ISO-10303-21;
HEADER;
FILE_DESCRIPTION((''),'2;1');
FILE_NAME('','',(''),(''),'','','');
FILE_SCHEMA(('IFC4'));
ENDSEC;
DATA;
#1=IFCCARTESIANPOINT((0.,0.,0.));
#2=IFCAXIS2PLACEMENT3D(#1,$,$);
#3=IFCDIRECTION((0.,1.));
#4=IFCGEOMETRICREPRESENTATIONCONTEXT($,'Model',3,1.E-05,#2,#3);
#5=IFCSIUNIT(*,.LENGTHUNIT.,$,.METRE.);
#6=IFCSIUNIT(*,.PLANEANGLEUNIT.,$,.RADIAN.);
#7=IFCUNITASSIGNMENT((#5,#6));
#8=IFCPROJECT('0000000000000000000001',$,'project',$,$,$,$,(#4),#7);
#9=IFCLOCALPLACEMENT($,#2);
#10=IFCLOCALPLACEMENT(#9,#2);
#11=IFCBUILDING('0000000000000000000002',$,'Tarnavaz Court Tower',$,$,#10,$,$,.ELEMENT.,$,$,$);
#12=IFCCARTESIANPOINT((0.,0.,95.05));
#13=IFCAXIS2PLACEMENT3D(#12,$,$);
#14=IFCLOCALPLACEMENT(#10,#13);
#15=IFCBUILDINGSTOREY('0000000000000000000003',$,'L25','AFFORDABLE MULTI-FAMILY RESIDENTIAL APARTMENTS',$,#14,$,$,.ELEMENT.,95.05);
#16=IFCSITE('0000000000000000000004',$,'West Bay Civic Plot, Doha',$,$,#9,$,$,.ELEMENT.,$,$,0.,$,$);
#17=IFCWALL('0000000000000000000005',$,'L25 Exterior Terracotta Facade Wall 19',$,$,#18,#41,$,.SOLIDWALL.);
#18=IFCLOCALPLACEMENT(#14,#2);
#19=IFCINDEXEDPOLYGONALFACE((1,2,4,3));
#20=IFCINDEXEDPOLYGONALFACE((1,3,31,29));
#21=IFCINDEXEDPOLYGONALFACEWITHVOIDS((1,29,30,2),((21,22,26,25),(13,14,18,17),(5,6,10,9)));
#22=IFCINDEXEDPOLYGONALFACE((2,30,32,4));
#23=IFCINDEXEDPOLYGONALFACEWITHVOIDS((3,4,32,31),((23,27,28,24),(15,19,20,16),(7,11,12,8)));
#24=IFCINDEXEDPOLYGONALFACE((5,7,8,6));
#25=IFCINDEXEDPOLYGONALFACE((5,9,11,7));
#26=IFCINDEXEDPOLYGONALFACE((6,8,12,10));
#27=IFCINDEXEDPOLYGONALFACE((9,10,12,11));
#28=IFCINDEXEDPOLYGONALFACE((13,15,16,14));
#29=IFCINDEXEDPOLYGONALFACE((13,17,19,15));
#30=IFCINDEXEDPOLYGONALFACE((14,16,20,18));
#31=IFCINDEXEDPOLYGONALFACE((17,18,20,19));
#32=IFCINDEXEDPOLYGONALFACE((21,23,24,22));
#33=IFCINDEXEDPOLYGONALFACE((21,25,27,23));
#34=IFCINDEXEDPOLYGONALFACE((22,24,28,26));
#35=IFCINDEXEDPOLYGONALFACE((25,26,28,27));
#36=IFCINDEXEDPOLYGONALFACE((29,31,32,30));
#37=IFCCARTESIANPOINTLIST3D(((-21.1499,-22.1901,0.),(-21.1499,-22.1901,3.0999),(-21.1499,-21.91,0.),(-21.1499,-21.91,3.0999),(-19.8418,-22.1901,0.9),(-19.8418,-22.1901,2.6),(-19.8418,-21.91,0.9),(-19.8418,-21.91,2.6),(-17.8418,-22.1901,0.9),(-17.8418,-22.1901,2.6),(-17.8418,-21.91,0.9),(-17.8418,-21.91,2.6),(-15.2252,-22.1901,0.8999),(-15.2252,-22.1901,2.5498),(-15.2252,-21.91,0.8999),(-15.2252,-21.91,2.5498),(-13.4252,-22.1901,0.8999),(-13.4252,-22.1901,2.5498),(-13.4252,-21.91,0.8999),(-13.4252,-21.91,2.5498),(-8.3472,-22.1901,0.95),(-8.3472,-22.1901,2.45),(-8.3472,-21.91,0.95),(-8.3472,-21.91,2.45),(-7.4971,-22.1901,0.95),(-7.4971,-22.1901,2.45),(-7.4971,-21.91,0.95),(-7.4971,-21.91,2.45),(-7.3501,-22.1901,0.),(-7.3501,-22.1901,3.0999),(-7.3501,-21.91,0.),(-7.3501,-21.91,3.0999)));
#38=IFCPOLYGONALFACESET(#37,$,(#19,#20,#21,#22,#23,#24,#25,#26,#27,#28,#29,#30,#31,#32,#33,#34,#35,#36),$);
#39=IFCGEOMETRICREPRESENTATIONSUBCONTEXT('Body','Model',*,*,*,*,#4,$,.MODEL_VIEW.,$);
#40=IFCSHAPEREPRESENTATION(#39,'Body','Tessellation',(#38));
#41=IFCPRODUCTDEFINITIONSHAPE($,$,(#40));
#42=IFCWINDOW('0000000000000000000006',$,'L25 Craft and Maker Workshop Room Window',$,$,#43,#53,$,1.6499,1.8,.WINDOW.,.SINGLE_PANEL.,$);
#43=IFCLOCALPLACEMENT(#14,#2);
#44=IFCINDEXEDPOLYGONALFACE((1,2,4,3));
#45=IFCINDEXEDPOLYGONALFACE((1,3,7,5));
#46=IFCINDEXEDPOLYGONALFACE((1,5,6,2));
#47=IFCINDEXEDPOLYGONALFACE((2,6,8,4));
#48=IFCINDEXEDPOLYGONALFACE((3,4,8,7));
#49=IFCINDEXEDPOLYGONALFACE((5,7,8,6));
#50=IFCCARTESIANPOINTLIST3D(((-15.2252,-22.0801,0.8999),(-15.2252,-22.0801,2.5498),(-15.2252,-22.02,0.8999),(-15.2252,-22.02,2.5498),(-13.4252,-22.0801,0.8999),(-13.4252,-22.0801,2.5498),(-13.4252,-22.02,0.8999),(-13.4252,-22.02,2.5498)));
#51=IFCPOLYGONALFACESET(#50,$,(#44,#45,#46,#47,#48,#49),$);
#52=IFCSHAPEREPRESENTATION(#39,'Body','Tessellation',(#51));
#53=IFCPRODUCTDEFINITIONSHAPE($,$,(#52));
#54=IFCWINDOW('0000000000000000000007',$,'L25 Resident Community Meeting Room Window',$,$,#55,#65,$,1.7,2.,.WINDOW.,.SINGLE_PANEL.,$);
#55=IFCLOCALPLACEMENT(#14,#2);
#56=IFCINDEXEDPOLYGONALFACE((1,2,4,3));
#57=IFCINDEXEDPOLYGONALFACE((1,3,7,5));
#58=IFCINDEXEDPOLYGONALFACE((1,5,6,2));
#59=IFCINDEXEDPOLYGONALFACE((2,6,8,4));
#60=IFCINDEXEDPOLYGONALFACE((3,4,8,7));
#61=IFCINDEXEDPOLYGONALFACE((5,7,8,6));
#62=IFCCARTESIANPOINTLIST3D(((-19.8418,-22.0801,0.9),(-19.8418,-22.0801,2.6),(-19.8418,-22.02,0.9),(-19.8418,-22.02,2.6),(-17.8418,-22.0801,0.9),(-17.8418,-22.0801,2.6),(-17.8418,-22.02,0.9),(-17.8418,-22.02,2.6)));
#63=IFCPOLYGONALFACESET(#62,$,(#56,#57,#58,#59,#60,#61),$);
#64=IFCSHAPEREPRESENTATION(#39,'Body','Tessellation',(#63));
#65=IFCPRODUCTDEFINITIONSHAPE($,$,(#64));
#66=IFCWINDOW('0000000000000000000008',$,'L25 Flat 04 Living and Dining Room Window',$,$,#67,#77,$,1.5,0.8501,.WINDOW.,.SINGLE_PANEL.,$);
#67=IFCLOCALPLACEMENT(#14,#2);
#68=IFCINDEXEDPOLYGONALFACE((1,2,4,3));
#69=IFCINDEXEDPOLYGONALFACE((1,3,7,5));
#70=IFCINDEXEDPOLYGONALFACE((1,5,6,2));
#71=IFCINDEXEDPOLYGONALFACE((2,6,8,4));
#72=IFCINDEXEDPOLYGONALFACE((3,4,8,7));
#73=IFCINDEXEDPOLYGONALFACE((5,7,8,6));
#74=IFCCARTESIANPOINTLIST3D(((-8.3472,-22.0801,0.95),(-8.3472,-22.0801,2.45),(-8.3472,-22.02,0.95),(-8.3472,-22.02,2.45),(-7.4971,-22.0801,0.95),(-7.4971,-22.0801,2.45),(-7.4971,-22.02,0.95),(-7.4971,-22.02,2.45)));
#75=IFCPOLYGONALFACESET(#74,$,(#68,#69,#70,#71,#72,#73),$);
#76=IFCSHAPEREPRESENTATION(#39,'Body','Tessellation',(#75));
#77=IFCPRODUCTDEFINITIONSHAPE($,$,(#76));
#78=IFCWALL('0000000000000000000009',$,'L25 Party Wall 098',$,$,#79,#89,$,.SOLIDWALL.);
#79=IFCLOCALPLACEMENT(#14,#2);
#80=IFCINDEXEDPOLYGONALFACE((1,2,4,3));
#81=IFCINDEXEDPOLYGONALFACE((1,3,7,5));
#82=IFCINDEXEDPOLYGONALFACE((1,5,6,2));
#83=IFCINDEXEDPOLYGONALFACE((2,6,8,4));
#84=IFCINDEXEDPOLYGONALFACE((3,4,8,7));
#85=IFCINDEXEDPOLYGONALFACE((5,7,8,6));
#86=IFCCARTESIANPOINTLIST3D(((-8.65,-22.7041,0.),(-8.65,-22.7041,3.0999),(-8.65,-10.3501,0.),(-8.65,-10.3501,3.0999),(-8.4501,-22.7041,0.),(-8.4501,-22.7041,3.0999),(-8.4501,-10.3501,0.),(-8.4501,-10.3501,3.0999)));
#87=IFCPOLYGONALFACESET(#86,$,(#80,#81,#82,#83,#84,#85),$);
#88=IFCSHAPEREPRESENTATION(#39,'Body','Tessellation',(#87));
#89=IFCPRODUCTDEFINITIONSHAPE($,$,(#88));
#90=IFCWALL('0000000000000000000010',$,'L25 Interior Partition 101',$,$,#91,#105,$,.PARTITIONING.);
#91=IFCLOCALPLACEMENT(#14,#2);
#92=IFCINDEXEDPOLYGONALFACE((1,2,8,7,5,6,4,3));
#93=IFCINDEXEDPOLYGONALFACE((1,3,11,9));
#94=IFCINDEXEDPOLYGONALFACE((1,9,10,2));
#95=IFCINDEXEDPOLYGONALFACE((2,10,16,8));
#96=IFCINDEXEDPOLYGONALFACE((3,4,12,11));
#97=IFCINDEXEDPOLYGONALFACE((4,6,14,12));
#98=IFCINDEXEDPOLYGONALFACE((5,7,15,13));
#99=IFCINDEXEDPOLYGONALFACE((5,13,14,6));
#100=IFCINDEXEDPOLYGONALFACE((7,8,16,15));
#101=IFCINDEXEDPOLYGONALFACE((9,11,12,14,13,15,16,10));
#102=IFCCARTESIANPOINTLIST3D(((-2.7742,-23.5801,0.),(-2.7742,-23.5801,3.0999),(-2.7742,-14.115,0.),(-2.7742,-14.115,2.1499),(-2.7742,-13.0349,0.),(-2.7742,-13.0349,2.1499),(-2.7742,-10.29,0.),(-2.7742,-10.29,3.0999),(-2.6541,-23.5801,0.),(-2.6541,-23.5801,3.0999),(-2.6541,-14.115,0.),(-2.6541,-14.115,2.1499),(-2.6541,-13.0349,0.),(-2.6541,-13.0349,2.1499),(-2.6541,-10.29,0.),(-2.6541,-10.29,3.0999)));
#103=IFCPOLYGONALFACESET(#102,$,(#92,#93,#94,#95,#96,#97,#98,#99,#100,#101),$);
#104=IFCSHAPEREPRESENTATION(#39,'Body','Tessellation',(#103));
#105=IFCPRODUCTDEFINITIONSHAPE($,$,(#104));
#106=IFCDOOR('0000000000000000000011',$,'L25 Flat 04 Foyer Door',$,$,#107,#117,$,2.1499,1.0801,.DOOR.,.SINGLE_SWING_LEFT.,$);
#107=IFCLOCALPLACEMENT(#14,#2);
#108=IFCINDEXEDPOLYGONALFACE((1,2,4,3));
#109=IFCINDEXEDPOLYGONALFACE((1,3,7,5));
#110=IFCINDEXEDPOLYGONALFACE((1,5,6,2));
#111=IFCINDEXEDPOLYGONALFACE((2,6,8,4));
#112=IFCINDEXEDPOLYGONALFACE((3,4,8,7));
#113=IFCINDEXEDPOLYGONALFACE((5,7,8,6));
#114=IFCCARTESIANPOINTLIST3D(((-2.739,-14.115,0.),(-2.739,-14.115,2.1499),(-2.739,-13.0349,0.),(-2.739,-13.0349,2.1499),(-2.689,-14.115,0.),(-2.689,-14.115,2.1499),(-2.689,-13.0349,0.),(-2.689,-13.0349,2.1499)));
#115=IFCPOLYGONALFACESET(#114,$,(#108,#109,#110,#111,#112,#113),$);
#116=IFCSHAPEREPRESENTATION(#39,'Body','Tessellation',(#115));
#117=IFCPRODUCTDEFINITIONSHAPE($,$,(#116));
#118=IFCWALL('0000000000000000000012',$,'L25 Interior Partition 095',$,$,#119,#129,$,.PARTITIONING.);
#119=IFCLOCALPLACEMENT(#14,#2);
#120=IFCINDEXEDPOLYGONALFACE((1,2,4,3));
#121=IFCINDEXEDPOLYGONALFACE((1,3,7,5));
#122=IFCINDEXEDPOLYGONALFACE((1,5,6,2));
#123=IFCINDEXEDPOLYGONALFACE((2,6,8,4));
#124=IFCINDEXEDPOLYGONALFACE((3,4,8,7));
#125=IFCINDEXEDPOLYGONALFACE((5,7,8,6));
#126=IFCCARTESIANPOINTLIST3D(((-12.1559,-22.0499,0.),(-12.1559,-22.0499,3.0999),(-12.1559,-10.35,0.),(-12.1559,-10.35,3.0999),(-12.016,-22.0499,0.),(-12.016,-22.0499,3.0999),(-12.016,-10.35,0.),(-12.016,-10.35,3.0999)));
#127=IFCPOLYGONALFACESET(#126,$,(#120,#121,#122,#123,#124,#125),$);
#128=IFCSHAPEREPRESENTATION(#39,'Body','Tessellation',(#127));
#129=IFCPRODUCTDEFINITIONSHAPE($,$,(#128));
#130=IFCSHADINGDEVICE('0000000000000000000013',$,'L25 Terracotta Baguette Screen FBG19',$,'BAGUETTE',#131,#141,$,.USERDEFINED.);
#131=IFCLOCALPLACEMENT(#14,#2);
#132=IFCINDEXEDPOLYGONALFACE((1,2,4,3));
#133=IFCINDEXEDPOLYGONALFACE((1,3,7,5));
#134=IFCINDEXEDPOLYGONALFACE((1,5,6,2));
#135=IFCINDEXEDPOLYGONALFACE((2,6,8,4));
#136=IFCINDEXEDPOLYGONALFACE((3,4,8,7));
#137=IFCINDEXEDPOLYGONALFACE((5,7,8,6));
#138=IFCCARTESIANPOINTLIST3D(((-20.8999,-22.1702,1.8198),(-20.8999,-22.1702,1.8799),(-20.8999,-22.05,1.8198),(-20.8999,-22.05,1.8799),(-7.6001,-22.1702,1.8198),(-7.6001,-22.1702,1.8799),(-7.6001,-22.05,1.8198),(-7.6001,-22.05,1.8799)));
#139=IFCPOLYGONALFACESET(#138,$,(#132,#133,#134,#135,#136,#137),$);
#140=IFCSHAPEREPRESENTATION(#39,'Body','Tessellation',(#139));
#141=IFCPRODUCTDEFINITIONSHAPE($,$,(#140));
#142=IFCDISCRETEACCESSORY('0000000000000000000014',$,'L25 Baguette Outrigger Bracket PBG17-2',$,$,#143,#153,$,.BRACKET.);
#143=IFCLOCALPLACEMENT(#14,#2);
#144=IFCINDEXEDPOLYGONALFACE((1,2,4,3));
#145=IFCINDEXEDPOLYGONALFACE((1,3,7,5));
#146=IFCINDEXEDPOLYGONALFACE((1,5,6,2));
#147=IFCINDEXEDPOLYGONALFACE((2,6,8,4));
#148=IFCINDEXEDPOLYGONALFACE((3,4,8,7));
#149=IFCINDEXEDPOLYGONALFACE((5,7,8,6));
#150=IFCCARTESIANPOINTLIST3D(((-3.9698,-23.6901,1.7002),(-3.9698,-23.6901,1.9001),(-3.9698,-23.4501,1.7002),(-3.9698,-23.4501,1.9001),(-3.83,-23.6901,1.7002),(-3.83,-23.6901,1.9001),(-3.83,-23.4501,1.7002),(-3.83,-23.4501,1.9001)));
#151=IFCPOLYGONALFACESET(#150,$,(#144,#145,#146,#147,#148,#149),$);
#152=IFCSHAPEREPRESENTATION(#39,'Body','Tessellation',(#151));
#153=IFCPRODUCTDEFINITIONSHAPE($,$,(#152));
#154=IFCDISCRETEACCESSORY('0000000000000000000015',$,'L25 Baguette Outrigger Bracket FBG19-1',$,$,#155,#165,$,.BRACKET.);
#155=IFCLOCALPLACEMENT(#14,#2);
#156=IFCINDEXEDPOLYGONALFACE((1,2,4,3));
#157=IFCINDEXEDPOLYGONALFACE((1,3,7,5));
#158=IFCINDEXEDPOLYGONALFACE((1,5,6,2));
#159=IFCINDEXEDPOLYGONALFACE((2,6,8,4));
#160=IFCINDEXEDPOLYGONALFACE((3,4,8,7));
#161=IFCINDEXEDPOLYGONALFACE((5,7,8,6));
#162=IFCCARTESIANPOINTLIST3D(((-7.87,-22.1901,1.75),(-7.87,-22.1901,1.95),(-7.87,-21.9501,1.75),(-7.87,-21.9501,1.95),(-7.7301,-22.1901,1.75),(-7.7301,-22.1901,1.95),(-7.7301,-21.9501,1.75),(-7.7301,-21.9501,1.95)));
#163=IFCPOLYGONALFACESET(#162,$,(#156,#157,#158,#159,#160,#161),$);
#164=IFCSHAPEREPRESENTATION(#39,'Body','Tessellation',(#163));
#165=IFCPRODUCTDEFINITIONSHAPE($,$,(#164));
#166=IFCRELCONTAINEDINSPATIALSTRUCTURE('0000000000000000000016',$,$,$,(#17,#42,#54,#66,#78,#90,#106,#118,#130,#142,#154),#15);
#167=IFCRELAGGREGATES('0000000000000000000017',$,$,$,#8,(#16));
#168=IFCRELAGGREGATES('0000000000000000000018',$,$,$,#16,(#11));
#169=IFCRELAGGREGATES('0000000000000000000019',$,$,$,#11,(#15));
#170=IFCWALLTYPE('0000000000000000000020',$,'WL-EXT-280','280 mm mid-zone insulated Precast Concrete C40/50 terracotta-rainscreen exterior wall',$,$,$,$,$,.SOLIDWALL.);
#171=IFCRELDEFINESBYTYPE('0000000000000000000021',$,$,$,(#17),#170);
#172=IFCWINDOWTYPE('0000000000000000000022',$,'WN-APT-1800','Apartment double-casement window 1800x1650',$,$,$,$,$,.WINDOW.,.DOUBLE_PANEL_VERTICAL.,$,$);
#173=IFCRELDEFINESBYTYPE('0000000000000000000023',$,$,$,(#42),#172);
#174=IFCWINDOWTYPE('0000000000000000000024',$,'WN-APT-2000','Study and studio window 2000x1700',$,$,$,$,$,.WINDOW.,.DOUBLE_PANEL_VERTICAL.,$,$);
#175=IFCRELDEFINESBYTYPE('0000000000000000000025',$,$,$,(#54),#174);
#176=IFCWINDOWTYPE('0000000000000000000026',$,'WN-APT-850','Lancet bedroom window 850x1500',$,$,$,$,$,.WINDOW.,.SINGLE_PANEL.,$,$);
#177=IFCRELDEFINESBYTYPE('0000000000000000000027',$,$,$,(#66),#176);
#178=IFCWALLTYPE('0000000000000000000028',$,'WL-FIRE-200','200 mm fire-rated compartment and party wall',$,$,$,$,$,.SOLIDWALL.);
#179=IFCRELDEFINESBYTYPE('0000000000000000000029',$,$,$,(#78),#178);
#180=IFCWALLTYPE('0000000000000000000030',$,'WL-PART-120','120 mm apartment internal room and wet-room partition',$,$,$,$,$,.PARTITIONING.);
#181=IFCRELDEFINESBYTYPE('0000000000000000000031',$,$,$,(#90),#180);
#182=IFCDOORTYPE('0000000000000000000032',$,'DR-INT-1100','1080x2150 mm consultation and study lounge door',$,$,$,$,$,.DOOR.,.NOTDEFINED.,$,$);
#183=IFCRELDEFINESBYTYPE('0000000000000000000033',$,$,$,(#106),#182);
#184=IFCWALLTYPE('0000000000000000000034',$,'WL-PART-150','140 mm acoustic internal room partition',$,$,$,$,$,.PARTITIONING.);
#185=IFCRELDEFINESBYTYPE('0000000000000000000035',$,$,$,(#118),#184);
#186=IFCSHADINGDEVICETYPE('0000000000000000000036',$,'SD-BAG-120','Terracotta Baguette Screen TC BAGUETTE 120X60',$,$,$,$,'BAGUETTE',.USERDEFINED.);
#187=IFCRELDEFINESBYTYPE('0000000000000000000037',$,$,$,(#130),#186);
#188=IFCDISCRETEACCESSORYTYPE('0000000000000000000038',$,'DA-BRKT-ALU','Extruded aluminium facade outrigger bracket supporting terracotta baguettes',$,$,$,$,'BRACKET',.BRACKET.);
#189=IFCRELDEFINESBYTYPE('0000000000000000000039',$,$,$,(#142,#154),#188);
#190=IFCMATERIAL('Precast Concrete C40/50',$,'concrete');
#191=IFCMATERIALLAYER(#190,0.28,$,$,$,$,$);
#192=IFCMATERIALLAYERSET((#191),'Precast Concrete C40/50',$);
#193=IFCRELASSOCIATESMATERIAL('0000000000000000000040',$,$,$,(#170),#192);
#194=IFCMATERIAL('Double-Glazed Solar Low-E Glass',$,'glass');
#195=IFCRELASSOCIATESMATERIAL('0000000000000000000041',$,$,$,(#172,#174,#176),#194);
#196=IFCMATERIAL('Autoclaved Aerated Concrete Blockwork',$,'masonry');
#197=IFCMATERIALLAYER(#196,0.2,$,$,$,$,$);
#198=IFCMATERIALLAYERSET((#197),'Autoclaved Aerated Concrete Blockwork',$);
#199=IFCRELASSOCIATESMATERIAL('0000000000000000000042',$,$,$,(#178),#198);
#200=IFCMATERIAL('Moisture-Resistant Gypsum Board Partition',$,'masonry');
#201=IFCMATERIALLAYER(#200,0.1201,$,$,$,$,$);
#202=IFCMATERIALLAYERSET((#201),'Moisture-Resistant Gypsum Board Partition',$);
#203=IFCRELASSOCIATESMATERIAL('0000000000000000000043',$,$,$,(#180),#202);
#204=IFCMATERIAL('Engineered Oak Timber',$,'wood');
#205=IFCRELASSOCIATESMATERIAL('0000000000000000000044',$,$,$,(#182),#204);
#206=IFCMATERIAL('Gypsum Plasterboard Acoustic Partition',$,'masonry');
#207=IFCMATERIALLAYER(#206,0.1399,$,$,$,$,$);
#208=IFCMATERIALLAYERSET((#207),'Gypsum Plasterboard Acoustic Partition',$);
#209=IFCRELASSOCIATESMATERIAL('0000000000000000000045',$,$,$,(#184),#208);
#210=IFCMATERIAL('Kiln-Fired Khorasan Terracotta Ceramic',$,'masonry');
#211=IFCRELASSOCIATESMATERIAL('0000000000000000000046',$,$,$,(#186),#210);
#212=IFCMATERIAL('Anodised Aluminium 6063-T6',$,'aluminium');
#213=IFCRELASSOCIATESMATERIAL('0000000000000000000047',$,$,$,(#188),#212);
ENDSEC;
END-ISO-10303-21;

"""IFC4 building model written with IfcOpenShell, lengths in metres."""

from ifc_helpers import new_model, si_unit, direction, frame, frame_2d, origin, origin_2d, place, context, subcontext, project, spatial, rectangle, extrude, material, layer, layer_set, material_profile, profile_set, type_object, element, fill, save


model = new_model("IFC4")

# Units and contexts
model_context = context("Model", 3, precision=1e-05, world=origin(), true_north=direction((0.0, 1.0)))
body_context = subcontext(model_context, "Body", "Model", "MODEL_VIEW")
ifc_project = project(units=[si_unit("LENGTHUNIT", "METRE"), si_unit("PLANEANGLEUNIT", "RADIAN")], contexts=[model_context])

# Site, building, storey
site_placement = place(None, origin())
site = spatial("IfcSite", under=ifc_project, at=site_placement, Name="West Bay Civic Plot, Doha", CompositionType="ELEMENT", RefElevation=0.0)
building_placement = place(site_placement, origin())
building = spatial("IfcBuilding", under=site, at=building_placement, Name="Tarnavaz Court Tower", CompositionType="ELEMENT")
storey_placement = place(building_placement, frame((0.0, 0.0, 95.05)))
storey = spatial("IfcBuildingStorey", under=building, at=storey_placement, Name="L25", Description="AFFORDABLE MULTI-FAMILY RESIDENTIAL APARTMENTS", CompositionType="ELEMENT", Elevation=95.05)

# Shared definitions
ifc_material_1 = material(Name="Anodised Aluminium 6063-T6", Category="aluminium")
ifc_material_2 = material(Name="Double-Glazed Solar Low-E Glass", Category="glass")

# Shared definitions
ifc_material_3 = material(Name="Precast Concrete C40/50", Category="concrete")
ifc_layer_1 = layer(ifc_material_3, 0.28)
ifc_layer_set_1 = layer_set([ifc_layer_1], Name="Precast Concrete C40/50")
wall_type_1 = type_object("IfcWallType", Name="WL-EXT-280", Description="280 mm mid-zone insulated Precast Concrete C40/50 terracotta-rainscreen exterior wall", PredefinedType="SOLIDWALL", material=ifc_layer_set_1)

# Wall, openings, windows
wall_1_placement = place(storey_placement, frame((-7.3501, -22.05, 0.0), z_axis=(0.0, 0.0, 1.0), x_axis=(-1.0, 0.0, 0.0)))
wall_1 = element("IfcWall", 1, at=wall_1_placement, inside=storey, type_object=wall_type_1, Name="L25 Exterior Terracotta Facade Wall 19", PredefinedType="SOLIDWALL", context=body_context, shape_type="SweptSolid", body=[
    extrude(rectangle(XDim=13.7998, YDim=0.28, at=frame_2d((6.8999, 0.0))), origin(), (0.0, 0.0, 1.0), 3.0999),
])
opening_1_placement = place(wall_1_placement, frame((0.147, 0.0, 0.95)))
opening_1 = element("IfcOpeningElement", 2, at=opening_1_placement, cuts=wall_1, PredefinedType="OPENING", context=body_context, shape_type="SweptSolid", body=[
    extrude(rectangle(XDim=0.8501, YDim=1.5, at=frame_2d((0.425, 0.75))), frame((0.0, 0.1499, 0.0), z_axis=(0.0, -1.0, 0.0), x_axis=(1.0, 0.0, 0.0)), (0.0, 0.0, 1.0), 0.3),
])
opening_2_placement = place(wall_1_placement, frame((6.0752, 0.0, 0.8999)))
opening_2 = element("IfcOpeningElement", 3, at=opening_2_placement, cuts=wall_1, PredefinedType="OPENING", context=body_context, shape_type="SweptSolid", body=[
    extrude(rectangle(XDim=1.8, YDim=1.6499, at=frame_2d((0.8999, 0.825))), frame((0.0, 0.1499, 0.0), z_axis=(0.0, -1.0, 0.0), x_axis=(1.0, 0.0, 0.0)), (0.0, 0.0, 1.0), 0.3),
])
opening_3_placement = place(wall_1_placement, frame((10.4917, 0.0, 0.8999)))
opening_3 = element("IfcOpeningElement", 4, at=opening_3_placement, cuts=wall_1, PredefinedType="OPENING", context=body_context, shape_type="SweptSolid", body=[
    extrude(rectangle(XDim=2.0, YDim=1.7, at=frame_2d((1.0, 0.8501))), frame((0.0, 0.1499, 0.0), z_axis=(0.0, -1.0, 0.0), x_axis=(1.0, 0.0, 0.0)), (0.0, 0.0, 1.0), 0.3),
])
window_type_1 = type_object("IfcWindowType", Name="WN-APT-1800", Description="Apartment double-casement window 1800x1650", PartitioningType="DOUBLE_PANEL_VERTICAL", PredefinedType="WINDOW", material=ifc_material_2)
window_1_placement = place(opening_2_placement, origin())
window_1 = element("IfcWindow", 5, at=window_1_placement, inside=storey, type_object=window_type_1, Name="L25 Craft and Maker Workshop Room Window", OverallHeight=1.6499, OverallWidth=1.8, PartitioningType="SINGLE_PANEL", PredefinedType="WINDOW", context=body_context, shape_type="SweptSolid", body=[
    extrude(rectangle(XDim=1.8, YDim=1.6499, at=frame_2d((0.8999, 0.825))), frame((0.0, 0.03, 0.0), z_axis=(0.0, -1.0, 0.0), x_axis=(1.0, 0.0, 0.0)), (0.0, 0.0, 1.0), 0.0601),
])
fill(opening_2, window_1)
window_type_2 = type_object("IfcWindowType", Name="WN-APT-2000", Description="Study and studio window 2000x1700", PartitioningType="DOUBLE_PANEL_VERTICAL", PredefinedType="WINDOW", material=ifc_material_2)
window_2_placement = place(opening_3_placement, origin())
window_2 = element("IfcWindow", 6, at=window_2_placement, inside=storey, type_object=window_type_2, Name="L25 Resident Community Meeting Room Window", OverallHeight=1.7, OverallWidth=2.0, PartitioningType="SINGLE_PANEL", PredefinedType="WINDOW", context=body_context, shape_type="SweptSolid", body=[
    extrude(rectangle(XDim=2.0, YDim=1.7, at=frame_2d((1.0, 0.8501))), frame((0.0, 0.03, 0.0), z_axis=(0.0, -1.0, 0.0), x_axis=(1.0, 0.0, 0.0)), (0.0, 0.0, 1.0), 0.0601),
])
fill(opening_3, window_2)
window_type_3 = type_object("IfcWindowType", Name="WN-APT-850", Description="Lancet bedroom window 850x1500", PartitioningType="SINGLE_PANEL", PredefinedType="WINDOW", material=ifc_material_2)
window_3_placement = place(opening_1_placement, origin())
window_3 = element("IfcWindow", 7, at=window_3_placement, inside=storey, type_object=window_type_3, Name="L25 Flat 04 Living and Dining Room Window", OverallHeight=1.5, OverallWidth=0.8501, PartitioningType="SINGLE_PANEL", PredefinedType="WINDOW", context=body_context, shape_type="SweptSolid", body=[
    extrude(rectangle(XDim=0.8501, YDim=1.5, at=frame_2d((0.425, 0.75))), frame((0.0, 0.03, 0.0), z_axis=(0.0, -1.0, 0.0), x_axis=(1.0, 0.0, 0.0)), (0.0, 0.0, 1.0), 0.0601),
])
fill(opening_1, window_3)

# Wall
ifc_material_4 = material(Name="Autoclaved Aerated Concrete Blockwork", Category="masonry")
ifc_layer_2 = layer(ifc_material_4, 0.2)
ifc_layer_set_2 = layer_set([ifc_layer_2], Name="Autoclaved Aerated Concrete Blockwork")
wall_type_2 = type_object("IfcWallType", Name="WL-FIRE-200", Description="200 mm fire-rated compartment and party wall", PredefinedType="SOLIDWALL", material=ifc_layer_set_2)
wall_2_placement = place(storey_placement, frame((-8.55, -22.7041, 0.0), z_axis=(0.0, 0.0, 1.0), x_axis=(0.0, 1.0, 0.0)))
element("IfcWall", 8, at=wall_2_placement, inside=storey, type_object=wall_type_2, Name="L25 Party Wall 098", PredefinedType="SOLIDWALL", context=body_context, shape_type="SweptSolid", body=[
    extrude(rectangle(XDim=12.354, YDim=0.2, at=frame_2d((6.177, 0.0))), origin(), (0.0, 0.0, 1.0), 3.0999),
])

# Wall, opening, door
ifc_material_5 = material(Name="Moisture-Resistant Gypsum Board Partition", Category="masonry")
ifc_layer_3 = layer(ifc_material_5, 0.1201)
ifc_layer_set_3 = layer_set([ifc_layer_3], Name="Moisture-Resistant Gypsum Board Partition")
wall_type_3 = type_object("IfcWallType", Name="WL-PART-120", Description="120 mm apartment internal room and wet-room partition", PredefinedType="PARTITIONING", material=ifc_layer_set_3)
wall_3_placement = place(storey_placement, frame((-2.7141, -23.5801, 0.0), z_axis=(0.0, 0.0, 1.0), x_axis=(0.0, 1.0, 0.0)))
wall_3 = element("IfcWall", 9, at=wall_3_placement, inside=storey, type_object=wall_type_3, Name="L25 Interior Partition 101", PredefinedType="PARTITIONING", context=body_context, shape_type="SweptSolid", body=[
    extrude(rectangle(XDim=13.29, YDim=0.1201, at=frame_2d((6.645, 0.0))), origin(), (0.0, 0.0, 1.0), 3.0999),
])
opening_4_placement = place(wall_3_placement, frame((9.4651, 0.0, 0.0)))
opening_4 = element("IfcOpeningElement", 10, at=opening_4_placement, cuts=wall_3, PredefinedType="OPENING", context=body_context, shape_type="SweptSolid", body=[
    extrude(rectangle(XDim=1.0801, YDim=2.1499, at=frame_2d((0.54, 1.075))), frame((0.0, 0.0701, 0.0), z_axis=(0.0, -1.0, 0.0), x_axis=(1.0, 0.0, 0.0)), (0.0, 0.0, 1.0), 0.1401),
])
ifc_material_6 = material(Name="Engineered Oak Timber", Category="wood")
door_type = type_object("IfcDoorType", Name="DR-INT-1100", Description="1080x2150 mm consultation and study lounge door", OperationType="NOTDEFINED", PredefinedType="DOOR", material=ifc_material_6)
door_placement = place(opening_4_placement, origin())
door = element("IfcDoor", 11, at=door_placement, inside=storey, type_object=door_type, Name="L25 Flat 04 Foyer Door", OperationType="SINGLE_SWING_LEFT", OverallHeight=2.1499, OverallWidth=1.0801, PredefinedType="DOOR", context=body_context, shape_type="SweptSolid", body=[
    extrude(rectangle(XDim=1.0801, YDim=2.1499, at=frame_2d((0.54, 1.075))), frame((0.0, 0.0249, 0.0), z_axis=(0.0, -1.0, 0.0), x_axis=(1.0, 0.0, 0.0)), (0.0, 0.0, 1.0), 0.05),
])
fill(opening_4, door)

# Wall
ifc_material_7 = material(Name="Gypsum Plasterboard Acoustic Partition", Category="masonry")
ifc_layer_4 = layer(ifc_material_7, 0.1399)
ifc_layer_set_4 = layer_set([ifc_layer_4], Name="Gypsum Plasterboard Acoustic Partition")
wall_type_4 = type_object("IfcWallType", Name="WL-PART-150", Description="140 mm acoustic internal room partition", PredefinedType="PARTITIONING", material=ifc_layer_set_4)
wall_4_placement = place(storey_placement, frame((-12.0859, -22.05, 0.0), z_axis=(0.0, 0.0, 1.0), x_axis=(0.0, 1.0, 0.0)))
element("IfcWall", 12, at=wall_4_placement, inside=storey, type_object=wall_type_4, Name="L25 Interior Partition 095", PredefinedType="PARTITIONING", context=body_context, shape_type="SweptSolid", body=[
    extrude(rectangle(XDim=11.7, YDim=0.1399, at=frame_2d((5.8501, 0.0))), origin(), (0.0, 0.0, 1.0), 3.0999),
])

# Shading device
ifc_material_8 = material(Name="Kiln-Fired Khorasan Terracotta Ceramic", Category="masonry")
ifc_material_profile_1 = material_profile(ifc_material_8, rectangle(XDim=0.1201, YDim=0.0601, at=origin_2d()), Name="TC BAGUETTE 120X60")
ifc_profile_set_1 = profile_set([ifc_material_profile_1], Name="Kiln-Fired Khorasan Terracotta Ceramic")
shading_device_type = type_object("IfcShadingDeviceType", Name="SD-BAG-120", Description="Terracotta Baguette Screen TC BAGUETTE 120X60", ElementType="BAGUETTE", PredefinedType="USERDEFINED", material=ifc_profile_set_1)
shading_device_placement = place(storey_placement, frame((-7.6001, -22.1101, 1.8499), z_axis=(-1.0, 0.0, 0.0), x_axis=(0.0, -1.0, 0.0)))
element("IfcShadingDevice", 13, at=shading_device_placement, inside=storey, type_object=shading_device_type, Name="L25 Terracotta Baguette Screen FBG19", ObjectType="BAGUETTE", PredefinedType="USERDEFINED", context=body_context, shape_type="SweptSolid", body=[
    extrude(rectangle(XDim=0.1201, YDim=0.0601, at=origin_2d()), origin(), (0.0, 0.0, 1.0), 13.2998),
])

# Discrete accessories
discrete_accessory_type = type_object("IfcDiscreteAccessoryType", Name="DA-BRKT-ALU", Description="Extruded aluminium facade outrigger bracket supporting terracotta baguettes", ElementType="BRACKET", PredefinedType="BRACKET", material=ifc_material_1)
for number, where, z_axis, x_axis, name in (
    (14, (-3.8999, -23.5701, 1.7002), (0.0, 0.0, 1.0), (-1.0, 0.0, 0.0), "L25 Baguette Outrigger Bracket PBG17-2"),
    (15, (-7.8, -22.0701, 1.75), (0.0, 0.0, 1.0), (-1.0, 0.0, 0.0), "L25 Baguette Outrigger Bracket FBG19-1"),
):
    element("IfcDiscreteAccessory", number, at=place(storey_placement, frame(where, z_axis=z_axis, x_axis=x_axis)), inside=storey, type_object=discrete_accessory_type, Name=name, PredefinedType="BRACKET", context=body_context, shape_type="SweptSolid", body=[
        extrude(rectangle(XDim=0.1399, YDim=0.24, at=origin_2d()), origin(), (0.0, 0.0, 1.0), 0.2),
    ])

save(model, "model.ifc")
